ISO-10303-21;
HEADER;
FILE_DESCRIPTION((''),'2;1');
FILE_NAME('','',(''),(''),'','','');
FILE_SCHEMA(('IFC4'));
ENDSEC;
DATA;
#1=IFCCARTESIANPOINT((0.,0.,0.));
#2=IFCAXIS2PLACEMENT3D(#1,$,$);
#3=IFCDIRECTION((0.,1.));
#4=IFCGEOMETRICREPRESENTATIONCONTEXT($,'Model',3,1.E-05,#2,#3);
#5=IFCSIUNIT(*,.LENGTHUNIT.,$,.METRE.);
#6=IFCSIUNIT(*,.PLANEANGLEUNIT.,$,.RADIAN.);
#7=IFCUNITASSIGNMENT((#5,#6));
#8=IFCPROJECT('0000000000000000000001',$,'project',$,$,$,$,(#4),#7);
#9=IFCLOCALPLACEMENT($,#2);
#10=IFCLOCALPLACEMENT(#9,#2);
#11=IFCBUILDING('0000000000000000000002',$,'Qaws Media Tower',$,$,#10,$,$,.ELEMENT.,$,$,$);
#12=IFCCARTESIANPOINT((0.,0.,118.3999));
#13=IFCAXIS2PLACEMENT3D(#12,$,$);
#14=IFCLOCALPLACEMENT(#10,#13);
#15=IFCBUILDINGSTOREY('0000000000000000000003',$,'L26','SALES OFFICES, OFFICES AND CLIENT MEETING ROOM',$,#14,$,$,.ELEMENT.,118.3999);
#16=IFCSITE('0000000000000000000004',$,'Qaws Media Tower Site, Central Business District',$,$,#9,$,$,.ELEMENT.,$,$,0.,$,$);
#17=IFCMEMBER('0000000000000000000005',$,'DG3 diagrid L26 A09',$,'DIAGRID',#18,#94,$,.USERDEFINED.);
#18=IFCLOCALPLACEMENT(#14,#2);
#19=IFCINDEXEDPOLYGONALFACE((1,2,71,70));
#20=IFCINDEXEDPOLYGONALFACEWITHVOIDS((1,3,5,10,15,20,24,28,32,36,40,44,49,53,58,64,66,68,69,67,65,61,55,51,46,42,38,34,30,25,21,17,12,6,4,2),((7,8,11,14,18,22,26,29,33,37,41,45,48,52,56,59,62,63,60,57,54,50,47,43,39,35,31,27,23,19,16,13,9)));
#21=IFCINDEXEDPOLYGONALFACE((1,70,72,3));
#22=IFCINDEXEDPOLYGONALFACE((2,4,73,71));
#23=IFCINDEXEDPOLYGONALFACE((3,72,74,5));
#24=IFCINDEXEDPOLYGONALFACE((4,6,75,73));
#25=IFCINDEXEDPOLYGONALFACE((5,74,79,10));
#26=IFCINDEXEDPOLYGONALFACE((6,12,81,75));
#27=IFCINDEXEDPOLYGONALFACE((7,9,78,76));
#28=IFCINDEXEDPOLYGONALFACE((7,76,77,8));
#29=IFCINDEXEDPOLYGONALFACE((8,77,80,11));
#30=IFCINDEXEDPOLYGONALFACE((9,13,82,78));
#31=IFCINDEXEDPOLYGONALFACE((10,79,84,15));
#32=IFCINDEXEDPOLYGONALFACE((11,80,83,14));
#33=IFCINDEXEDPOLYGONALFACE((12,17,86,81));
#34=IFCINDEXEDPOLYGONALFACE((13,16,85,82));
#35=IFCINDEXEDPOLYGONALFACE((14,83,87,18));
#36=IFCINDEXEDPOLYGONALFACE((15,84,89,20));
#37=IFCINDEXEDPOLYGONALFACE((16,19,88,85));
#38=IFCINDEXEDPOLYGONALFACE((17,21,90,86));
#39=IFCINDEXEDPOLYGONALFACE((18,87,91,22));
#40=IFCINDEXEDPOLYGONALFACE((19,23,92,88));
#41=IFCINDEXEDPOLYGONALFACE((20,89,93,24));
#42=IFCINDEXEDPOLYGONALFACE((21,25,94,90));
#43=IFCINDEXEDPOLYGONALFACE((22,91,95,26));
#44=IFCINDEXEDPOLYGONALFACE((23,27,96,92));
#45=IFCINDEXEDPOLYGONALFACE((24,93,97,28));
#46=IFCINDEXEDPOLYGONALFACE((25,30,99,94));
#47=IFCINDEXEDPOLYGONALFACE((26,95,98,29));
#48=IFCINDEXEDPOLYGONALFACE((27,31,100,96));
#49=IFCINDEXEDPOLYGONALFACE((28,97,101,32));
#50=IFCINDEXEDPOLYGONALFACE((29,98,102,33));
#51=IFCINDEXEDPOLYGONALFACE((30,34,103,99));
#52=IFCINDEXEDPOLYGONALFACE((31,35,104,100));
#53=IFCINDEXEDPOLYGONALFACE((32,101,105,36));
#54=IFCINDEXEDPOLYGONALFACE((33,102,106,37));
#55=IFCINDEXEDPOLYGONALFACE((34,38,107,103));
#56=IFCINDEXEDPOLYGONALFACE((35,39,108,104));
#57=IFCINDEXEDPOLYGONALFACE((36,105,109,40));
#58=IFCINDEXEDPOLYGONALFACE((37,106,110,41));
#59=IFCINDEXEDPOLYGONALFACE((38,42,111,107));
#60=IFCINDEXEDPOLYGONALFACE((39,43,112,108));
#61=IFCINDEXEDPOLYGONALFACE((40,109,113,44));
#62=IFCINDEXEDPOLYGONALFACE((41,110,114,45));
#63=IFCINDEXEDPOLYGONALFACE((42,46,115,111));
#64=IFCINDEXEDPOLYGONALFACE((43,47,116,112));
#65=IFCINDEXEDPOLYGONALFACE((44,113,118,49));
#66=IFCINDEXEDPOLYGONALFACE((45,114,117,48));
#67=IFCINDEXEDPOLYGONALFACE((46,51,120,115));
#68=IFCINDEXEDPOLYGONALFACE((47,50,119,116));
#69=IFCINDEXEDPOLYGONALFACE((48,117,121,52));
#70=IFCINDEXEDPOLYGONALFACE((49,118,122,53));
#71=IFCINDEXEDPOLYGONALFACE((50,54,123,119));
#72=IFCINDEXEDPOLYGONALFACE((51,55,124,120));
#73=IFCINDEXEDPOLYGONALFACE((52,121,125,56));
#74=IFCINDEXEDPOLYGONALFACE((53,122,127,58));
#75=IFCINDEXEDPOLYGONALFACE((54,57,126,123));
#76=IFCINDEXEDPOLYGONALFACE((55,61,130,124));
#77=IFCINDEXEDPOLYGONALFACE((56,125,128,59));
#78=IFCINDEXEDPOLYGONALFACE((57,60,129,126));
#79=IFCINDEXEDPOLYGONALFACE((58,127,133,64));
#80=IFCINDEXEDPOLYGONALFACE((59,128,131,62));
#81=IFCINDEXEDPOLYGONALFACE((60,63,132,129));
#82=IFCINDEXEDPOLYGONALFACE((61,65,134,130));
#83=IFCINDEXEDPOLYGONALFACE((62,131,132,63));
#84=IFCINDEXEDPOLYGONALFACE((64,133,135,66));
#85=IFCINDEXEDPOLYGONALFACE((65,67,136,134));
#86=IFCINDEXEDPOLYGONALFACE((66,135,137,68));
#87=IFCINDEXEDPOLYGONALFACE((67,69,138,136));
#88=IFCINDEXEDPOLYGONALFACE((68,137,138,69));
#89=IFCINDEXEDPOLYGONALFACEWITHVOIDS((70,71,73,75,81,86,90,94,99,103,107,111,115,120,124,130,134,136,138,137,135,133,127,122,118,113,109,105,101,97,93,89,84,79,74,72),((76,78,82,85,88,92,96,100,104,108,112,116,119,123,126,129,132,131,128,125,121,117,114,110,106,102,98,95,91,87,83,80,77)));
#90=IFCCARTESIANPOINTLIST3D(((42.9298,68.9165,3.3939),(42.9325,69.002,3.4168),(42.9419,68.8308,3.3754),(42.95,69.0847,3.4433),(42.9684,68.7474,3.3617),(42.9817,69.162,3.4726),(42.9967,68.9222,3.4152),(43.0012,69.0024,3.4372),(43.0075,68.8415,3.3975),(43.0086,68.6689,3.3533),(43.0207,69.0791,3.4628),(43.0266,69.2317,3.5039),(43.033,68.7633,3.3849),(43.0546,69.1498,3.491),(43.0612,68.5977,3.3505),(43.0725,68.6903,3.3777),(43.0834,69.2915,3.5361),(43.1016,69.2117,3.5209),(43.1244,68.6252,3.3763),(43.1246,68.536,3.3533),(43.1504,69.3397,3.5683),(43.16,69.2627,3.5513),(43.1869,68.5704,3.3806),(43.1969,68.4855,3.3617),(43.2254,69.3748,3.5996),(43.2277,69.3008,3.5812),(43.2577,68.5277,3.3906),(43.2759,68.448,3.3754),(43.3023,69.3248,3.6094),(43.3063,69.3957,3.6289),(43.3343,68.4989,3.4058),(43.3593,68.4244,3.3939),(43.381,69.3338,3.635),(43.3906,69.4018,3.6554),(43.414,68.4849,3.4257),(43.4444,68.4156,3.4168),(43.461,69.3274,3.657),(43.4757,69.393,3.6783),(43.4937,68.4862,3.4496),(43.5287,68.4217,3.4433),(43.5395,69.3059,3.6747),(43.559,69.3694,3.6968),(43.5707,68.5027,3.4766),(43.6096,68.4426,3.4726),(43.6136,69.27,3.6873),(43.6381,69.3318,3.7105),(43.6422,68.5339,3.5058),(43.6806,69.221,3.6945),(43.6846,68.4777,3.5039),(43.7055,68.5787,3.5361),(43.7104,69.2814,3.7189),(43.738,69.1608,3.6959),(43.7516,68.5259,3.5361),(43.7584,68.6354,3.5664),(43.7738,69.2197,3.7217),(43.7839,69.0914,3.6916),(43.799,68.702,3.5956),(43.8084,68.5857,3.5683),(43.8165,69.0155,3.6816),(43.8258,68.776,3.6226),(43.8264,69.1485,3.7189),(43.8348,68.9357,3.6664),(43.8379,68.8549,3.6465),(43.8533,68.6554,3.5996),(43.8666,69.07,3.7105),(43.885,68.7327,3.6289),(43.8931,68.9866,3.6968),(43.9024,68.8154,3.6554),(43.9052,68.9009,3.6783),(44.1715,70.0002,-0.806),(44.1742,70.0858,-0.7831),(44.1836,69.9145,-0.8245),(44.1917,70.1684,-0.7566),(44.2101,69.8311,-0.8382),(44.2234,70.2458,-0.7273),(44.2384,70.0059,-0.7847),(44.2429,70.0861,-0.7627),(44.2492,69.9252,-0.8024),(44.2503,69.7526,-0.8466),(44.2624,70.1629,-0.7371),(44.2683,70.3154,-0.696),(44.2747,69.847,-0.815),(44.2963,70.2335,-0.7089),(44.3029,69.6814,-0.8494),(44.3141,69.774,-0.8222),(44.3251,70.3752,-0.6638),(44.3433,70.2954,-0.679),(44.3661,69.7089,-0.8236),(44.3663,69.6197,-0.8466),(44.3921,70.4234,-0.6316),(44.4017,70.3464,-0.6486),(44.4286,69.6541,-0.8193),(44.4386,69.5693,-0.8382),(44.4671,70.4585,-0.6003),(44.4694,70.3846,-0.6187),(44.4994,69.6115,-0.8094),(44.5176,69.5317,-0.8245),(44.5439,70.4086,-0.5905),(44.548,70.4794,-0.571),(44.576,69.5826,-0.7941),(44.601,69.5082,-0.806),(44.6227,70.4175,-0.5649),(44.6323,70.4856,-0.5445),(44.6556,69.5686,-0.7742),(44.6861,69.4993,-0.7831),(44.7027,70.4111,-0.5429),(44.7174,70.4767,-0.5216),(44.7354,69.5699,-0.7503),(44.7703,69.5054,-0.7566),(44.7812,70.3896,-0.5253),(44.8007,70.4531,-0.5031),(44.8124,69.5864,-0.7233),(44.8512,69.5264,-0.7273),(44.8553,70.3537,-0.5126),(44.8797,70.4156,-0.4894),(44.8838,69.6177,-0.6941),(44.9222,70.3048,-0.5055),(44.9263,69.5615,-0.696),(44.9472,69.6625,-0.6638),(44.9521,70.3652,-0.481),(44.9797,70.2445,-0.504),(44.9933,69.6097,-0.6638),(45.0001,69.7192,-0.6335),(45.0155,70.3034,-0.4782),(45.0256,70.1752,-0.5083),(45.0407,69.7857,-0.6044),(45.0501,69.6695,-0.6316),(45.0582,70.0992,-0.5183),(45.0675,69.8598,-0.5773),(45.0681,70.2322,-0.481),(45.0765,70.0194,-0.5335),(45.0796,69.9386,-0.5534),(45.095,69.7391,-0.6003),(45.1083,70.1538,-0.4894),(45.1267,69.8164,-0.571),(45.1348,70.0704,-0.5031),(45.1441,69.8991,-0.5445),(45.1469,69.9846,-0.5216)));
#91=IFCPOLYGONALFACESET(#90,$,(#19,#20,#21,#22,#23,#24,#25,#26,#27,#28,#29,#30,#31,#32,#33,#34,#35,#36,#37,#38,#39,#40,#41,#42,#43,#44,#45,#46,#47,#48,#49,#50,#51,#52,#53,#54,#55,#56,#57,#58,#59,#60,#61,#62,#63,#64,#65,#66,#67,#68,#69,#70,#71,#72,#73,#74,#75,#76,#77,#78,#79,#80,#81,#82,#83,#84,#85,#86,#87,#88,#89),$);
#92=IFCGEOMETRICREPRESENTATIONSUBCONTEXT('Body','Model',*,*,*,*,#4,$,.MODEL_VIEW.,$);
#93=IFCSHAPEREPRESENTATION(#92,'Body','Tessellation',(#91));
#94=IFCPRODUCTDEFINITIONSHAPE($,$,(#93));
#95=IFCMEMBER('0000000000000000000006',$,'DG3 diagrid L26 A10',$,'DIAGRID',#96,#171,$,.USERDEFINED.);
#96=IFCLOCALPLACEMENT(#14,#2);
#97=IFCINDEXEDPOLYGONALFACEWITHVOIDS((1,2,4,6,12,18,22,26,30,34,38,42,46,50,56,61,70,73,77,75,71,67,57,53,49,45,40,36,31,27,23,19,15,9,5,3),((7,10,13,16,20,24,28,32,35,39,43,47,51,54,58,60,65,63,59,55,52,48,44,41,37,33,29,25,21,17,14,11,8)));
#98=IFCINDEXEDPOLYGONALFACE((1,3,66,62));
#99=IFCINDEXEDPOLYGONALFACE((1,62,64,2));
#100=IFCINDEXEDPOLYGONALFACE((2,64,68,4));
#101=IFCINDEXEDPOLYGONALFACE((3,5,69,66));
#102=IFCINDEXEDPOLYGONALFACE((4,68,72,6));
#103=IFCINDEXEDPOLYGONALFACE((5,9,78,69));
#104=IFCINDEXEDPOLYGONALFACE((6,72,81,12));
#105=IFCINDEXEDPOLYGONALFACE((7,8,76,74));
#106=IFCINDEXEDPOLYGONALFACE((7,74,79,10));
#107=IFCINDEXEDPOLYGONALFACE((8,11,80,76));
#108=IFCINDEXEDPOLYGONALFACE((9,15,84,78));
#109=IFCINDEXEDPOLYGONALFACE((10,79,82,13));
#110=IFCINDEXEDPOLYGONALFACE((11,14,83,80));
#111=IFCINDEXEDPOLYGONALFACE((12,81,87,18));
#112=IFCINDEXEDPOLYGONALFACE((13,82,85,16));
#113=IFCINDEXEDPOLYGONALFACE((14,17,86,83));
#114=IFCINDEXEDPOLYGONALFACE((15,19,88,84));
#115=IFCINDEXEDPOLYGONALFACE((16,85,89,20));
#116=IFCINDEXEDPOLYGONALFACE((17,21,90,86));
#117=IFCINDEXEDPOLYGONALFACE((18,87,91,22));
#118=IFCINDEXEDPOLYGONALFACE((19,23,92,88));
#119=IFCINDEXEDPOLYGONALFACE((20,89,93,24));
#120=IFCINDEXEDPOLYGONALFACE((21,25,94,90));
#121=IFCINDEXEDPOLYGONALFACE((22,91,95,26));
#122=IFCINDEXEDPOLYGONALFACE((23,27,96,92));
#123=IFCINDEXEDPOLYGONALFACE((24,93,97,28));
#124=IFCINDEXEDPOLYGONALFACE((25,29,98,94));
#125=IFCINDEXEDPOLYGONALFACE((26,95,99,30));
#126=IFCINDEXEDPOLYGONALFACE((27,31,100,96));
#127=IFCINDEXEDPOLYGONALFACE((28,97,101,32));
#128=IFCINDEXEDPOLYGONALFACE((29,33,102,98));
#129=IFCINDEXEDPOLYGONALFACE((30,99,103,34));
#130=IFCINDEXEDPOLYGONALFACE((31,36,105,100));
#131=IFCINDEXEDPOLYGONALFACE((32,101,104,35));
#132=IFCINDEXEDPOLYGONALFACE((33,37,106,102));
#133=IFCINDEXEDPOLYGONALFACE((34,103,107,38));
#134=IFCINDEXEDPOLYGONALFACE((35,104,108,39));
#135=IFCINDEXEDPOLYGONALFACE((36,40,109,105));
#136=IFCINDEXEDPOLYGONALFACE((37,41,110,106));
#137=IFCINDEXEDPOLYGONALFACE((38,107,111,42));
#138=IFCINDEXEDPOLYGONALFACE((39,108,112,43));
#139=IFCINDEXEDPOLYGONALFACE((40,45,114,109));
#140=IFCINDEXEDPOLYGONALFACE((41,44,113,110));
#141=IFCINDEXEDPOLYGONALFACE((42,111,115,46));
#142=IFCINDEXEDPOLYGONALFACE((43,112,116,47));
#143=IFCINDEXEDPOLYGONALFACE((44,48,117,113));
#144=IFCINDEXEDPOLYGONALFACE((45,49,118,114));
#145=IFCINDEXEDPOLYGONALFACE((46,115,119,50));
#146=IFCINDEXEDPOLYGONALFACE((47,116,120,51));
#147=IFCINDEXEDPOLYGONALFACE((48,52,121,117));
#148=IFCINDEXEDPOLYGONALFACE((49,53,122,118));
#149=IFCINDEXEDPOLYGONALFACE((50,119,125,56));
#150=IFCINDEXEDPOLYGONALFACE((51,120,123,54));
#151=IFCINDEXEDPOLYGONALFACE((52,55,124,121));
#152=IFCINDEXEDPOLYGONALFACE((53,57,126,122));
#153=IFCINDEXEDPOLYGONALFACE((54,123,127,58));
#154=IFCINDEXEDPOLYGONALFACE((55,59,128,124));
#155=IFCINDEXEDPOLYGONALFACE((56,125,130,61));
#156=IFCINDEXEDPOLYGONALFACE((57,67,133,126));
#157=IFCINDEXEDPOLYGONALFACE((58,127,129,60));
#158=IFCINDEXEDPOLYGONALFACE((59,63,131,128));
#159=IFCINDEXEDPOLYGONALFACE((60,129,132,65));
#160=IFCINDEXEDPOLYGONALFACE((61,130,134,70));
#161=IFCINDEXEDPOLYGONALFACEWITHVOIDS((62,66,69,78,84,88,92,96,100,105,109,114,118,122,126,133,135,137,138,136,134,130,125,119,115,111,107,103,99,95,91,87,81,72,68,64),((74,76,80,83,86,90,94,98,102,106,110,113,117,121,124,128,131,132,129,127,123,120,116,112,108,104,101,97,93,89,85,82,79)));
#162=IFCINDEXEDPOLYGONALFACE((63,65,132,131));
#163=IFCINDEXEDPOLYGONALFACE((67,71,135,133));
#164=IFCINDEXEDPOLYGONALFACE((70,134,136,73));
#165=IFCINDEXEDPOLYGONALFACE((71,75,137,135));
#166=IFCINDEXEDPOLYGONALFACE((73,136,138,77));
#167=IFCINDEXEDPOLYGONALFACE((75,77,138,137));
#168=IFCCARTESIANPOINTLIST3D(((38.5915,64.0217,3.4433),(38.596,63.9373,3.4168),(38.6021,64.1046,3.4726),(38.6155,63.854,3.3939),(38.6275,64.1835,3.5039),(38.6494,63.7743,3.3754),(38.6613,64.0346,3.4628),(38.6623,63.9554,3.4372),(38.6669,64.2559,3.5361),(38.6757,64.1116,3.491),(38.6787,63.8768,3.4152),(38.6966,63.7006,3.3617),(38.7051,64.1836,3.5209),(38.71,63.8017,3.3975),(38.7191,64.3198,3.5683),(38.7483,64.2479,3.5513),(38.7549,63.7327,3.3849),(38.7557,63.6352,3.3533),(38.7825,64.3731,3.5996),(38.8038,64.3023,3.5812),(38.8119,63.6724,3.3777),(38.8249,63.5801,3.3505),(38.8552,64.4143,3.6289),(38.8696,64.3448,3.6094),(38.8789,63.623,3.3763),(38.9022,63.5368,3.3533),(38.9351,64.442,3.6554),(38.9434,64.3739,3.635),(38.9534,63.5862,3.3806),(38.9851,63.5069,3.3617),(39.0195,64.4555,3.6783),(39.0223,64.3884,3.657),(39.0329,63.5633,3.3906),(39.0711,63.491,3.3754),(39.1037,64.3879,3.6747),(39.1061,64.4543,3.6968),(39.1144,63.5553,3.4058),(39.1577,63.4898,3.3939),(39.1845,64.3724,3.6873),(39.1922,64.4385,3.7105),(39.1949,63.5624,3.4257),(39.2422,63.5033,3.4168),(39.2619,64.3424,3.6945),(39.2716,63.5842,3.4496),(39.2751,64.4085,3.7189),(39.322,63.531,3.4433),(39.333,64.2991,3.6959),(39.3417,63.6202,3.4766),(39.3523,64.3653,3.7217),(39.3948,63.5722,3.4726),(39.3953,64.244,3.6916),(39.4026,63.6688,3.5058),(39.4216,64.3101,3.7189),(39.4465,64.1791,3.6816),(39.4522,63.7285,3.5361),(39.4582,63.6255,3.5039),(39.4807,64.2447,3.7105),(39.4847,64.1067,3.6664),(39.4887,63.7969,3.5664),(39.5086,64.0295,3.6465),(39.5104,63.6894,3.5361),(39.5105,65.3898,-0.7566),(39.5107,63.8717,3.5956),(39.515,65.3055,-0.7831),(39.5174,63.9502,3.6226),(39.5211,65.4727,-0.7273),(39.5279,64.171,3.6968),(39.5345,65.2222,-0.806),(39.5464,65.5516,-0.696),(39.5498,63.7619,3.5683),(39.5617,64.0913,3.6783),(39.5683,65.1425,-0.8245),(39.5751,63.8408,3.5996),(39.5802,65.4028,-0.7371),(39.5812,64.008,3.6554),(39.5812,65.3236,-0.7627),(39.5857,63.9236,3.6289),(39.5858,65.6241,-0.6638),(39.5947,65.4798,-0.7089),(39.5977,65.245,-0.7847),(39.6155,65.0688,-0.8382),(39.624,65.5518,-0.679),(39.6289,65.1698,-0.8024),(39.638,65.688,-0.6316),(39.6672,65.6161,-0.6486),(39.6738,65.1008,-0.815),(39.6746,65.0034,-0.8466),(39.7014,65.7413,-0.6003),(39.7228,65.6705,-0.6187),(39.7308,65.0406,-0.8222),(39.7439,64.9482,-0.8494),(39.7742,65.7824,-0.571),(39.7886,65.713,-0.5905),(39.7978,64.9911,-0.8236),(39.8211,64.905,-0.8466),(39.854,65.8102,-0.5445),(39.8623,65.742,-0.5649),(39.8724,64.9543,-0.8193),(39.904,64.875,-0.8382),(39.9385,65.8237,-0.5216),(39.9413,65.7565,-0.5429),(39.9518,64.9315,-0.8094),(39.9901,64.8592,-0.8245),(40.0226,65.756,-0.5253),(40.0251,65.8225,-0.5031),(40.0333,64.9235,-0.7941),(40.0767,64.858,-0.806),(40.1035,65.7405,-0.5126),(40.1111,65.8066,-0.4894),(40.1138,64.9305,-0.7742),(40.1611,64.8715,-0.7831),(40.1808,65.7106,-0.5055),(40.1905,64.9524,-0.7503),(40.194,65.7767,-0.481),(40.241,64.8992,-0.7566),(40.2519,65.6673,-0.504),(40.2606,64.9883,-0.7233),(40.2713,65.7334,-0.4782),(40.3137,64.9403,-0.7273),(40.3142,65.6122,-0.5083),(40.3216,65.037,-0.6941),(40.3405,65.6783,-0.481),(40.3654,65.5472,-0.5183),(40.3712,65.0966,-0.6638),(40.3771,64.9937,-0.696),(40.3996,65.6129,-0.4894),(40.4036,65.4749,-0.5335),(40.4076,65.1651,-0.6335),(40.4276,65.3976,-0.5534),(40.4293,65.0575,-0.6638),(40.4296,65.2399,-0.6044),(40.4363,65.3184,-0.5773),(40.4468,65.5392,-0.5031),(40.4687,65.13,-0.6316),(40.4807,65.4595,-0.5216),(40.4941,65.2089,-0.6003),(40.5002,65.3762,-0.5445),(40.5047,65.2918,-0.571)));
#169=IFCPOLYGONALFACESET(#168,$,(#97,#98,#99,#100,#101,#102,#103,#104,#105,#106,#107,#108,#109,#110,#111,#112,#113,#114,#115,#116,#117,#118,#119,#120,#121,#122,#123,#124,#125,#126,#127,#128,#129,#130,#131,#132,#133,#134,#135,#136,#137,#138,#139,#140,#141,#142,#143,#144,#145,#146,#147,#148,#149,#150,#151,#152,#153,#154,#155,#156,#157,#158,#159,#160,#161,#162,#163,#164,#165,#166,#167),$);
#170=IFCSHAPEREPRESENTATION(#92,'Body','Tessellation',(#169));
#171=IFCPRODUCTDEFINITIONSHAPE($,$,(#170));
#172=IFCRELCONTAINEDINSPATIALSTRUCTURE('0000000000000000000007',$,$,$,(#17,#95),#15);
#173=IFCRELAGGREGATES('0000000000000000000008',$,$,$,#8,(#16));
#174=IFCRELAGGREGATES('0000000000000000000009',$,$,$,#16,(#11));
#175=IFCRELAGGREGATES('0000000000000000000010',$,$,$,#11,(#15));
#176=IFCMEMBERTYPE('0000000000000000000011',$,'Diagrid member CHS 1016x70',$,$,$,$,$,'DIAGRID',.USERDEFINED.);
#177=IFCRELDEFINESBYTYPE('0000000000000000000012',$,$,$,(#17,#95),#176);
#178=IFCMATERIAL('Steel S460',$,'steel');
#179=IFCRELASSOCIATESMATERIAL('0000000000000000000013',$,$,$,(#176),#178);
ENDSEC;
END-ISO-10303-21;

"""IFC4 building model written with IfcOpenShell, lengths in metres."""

from ifc_helpers import new_model, si_unit, direction, frame, origin, origin_2d, place, context, subcontext, project, spatial, hollow_circle, extrude, material, material_profile, profile_set, type_object, element, save


model = new_model("IFC4")

# Units and contexts
model_context = context("Model", 3, precision=1e-05, world=origin(), true_north=direction((0.0, 1.0)))
body_context = subcontext(model_context, "Body", "Model", "MODEL_VIEW")
ifc_project = project(units=[si_unit("LENGTHUNIT", "METRE"), si_unit("PLANEANGLEUNIT", "RADIAN")], contexts=[model_context])

# Site, building, storey
site_placement = place(None, origin())
site = spatial("IfcSite", under=ifc_project, at=site_placement, Name="Qaws Media Tower Site, Central Business District", CompositionType="ELEMENT", RefElevation=0.0)
building_placement = place(site_placement, origin())
building = spatial("IfcBuilding", under=site, at=building_placement, Name="Qaws Media Tower", CompositionType="ELEMENT")
storey_placement = place(building_placement, frame((0.0, 0.0, 118.3999)))
storey = spatial("IfcBuildingStorey", under=building, at=storey_placement, Name="L26", Description="SALES OFFICES, OFFICES AND CLIENT MEETING ROOM", CompositionType="ELEMENT", Elevation=118.3999)

# Members
ifc_material_1 = material(Name="Steel S460", Category="steel")
ifc_material_profile_1 = material_profile(ifc_material_1, hollow_circle(Radius=0.5081, WallThickness=0.0701, at=origin_2d()), Name="CHS 1016x70")
ifc_profile_set_1 = profile_set([ifc_material_profile_1], Name="Steel S460")
member_type_1 = type_object("IfcMemberType", Name="Diagrid member CHS 1016x70", ElementType="DIAGRID", PredefinedType="USERDEFINED", material=ifc_profile_set_1)
for number, where, z_axis, x_axis, name in (
    (1, (44.6592, 69.9924, -0.6638), (-0.275214, -0.240204, 0.930892), (0.65756, -0.753402, 0.0), "DG3 diagrid L26 A09"),
    (2, (40.0076, 65.3408, -0.6638), (-0.203678, -0.303244, 0.930891), (0.830131, -0.557568, 0.0), "DG3 diagrid L26 A10"),
):
    element("IfcMember", number, at=place(storey_placement, frame(where, z_axis=z_axis, x_axis=x_axis)), inside=storey, type_object=member_type_1, Name=name, ObjectType="DIAGRID", PredefinedType="USERDEFINED", context=body_context, shape_type="SweptSolid", body=[
        extrude(hollow_circle(Radius=0.5081, WallThickness=0.0701, at=origin_2d()), origin(), (0.0, 0.0, 1.0), 4.5117),
    ])

save(model, "model.ifc")
